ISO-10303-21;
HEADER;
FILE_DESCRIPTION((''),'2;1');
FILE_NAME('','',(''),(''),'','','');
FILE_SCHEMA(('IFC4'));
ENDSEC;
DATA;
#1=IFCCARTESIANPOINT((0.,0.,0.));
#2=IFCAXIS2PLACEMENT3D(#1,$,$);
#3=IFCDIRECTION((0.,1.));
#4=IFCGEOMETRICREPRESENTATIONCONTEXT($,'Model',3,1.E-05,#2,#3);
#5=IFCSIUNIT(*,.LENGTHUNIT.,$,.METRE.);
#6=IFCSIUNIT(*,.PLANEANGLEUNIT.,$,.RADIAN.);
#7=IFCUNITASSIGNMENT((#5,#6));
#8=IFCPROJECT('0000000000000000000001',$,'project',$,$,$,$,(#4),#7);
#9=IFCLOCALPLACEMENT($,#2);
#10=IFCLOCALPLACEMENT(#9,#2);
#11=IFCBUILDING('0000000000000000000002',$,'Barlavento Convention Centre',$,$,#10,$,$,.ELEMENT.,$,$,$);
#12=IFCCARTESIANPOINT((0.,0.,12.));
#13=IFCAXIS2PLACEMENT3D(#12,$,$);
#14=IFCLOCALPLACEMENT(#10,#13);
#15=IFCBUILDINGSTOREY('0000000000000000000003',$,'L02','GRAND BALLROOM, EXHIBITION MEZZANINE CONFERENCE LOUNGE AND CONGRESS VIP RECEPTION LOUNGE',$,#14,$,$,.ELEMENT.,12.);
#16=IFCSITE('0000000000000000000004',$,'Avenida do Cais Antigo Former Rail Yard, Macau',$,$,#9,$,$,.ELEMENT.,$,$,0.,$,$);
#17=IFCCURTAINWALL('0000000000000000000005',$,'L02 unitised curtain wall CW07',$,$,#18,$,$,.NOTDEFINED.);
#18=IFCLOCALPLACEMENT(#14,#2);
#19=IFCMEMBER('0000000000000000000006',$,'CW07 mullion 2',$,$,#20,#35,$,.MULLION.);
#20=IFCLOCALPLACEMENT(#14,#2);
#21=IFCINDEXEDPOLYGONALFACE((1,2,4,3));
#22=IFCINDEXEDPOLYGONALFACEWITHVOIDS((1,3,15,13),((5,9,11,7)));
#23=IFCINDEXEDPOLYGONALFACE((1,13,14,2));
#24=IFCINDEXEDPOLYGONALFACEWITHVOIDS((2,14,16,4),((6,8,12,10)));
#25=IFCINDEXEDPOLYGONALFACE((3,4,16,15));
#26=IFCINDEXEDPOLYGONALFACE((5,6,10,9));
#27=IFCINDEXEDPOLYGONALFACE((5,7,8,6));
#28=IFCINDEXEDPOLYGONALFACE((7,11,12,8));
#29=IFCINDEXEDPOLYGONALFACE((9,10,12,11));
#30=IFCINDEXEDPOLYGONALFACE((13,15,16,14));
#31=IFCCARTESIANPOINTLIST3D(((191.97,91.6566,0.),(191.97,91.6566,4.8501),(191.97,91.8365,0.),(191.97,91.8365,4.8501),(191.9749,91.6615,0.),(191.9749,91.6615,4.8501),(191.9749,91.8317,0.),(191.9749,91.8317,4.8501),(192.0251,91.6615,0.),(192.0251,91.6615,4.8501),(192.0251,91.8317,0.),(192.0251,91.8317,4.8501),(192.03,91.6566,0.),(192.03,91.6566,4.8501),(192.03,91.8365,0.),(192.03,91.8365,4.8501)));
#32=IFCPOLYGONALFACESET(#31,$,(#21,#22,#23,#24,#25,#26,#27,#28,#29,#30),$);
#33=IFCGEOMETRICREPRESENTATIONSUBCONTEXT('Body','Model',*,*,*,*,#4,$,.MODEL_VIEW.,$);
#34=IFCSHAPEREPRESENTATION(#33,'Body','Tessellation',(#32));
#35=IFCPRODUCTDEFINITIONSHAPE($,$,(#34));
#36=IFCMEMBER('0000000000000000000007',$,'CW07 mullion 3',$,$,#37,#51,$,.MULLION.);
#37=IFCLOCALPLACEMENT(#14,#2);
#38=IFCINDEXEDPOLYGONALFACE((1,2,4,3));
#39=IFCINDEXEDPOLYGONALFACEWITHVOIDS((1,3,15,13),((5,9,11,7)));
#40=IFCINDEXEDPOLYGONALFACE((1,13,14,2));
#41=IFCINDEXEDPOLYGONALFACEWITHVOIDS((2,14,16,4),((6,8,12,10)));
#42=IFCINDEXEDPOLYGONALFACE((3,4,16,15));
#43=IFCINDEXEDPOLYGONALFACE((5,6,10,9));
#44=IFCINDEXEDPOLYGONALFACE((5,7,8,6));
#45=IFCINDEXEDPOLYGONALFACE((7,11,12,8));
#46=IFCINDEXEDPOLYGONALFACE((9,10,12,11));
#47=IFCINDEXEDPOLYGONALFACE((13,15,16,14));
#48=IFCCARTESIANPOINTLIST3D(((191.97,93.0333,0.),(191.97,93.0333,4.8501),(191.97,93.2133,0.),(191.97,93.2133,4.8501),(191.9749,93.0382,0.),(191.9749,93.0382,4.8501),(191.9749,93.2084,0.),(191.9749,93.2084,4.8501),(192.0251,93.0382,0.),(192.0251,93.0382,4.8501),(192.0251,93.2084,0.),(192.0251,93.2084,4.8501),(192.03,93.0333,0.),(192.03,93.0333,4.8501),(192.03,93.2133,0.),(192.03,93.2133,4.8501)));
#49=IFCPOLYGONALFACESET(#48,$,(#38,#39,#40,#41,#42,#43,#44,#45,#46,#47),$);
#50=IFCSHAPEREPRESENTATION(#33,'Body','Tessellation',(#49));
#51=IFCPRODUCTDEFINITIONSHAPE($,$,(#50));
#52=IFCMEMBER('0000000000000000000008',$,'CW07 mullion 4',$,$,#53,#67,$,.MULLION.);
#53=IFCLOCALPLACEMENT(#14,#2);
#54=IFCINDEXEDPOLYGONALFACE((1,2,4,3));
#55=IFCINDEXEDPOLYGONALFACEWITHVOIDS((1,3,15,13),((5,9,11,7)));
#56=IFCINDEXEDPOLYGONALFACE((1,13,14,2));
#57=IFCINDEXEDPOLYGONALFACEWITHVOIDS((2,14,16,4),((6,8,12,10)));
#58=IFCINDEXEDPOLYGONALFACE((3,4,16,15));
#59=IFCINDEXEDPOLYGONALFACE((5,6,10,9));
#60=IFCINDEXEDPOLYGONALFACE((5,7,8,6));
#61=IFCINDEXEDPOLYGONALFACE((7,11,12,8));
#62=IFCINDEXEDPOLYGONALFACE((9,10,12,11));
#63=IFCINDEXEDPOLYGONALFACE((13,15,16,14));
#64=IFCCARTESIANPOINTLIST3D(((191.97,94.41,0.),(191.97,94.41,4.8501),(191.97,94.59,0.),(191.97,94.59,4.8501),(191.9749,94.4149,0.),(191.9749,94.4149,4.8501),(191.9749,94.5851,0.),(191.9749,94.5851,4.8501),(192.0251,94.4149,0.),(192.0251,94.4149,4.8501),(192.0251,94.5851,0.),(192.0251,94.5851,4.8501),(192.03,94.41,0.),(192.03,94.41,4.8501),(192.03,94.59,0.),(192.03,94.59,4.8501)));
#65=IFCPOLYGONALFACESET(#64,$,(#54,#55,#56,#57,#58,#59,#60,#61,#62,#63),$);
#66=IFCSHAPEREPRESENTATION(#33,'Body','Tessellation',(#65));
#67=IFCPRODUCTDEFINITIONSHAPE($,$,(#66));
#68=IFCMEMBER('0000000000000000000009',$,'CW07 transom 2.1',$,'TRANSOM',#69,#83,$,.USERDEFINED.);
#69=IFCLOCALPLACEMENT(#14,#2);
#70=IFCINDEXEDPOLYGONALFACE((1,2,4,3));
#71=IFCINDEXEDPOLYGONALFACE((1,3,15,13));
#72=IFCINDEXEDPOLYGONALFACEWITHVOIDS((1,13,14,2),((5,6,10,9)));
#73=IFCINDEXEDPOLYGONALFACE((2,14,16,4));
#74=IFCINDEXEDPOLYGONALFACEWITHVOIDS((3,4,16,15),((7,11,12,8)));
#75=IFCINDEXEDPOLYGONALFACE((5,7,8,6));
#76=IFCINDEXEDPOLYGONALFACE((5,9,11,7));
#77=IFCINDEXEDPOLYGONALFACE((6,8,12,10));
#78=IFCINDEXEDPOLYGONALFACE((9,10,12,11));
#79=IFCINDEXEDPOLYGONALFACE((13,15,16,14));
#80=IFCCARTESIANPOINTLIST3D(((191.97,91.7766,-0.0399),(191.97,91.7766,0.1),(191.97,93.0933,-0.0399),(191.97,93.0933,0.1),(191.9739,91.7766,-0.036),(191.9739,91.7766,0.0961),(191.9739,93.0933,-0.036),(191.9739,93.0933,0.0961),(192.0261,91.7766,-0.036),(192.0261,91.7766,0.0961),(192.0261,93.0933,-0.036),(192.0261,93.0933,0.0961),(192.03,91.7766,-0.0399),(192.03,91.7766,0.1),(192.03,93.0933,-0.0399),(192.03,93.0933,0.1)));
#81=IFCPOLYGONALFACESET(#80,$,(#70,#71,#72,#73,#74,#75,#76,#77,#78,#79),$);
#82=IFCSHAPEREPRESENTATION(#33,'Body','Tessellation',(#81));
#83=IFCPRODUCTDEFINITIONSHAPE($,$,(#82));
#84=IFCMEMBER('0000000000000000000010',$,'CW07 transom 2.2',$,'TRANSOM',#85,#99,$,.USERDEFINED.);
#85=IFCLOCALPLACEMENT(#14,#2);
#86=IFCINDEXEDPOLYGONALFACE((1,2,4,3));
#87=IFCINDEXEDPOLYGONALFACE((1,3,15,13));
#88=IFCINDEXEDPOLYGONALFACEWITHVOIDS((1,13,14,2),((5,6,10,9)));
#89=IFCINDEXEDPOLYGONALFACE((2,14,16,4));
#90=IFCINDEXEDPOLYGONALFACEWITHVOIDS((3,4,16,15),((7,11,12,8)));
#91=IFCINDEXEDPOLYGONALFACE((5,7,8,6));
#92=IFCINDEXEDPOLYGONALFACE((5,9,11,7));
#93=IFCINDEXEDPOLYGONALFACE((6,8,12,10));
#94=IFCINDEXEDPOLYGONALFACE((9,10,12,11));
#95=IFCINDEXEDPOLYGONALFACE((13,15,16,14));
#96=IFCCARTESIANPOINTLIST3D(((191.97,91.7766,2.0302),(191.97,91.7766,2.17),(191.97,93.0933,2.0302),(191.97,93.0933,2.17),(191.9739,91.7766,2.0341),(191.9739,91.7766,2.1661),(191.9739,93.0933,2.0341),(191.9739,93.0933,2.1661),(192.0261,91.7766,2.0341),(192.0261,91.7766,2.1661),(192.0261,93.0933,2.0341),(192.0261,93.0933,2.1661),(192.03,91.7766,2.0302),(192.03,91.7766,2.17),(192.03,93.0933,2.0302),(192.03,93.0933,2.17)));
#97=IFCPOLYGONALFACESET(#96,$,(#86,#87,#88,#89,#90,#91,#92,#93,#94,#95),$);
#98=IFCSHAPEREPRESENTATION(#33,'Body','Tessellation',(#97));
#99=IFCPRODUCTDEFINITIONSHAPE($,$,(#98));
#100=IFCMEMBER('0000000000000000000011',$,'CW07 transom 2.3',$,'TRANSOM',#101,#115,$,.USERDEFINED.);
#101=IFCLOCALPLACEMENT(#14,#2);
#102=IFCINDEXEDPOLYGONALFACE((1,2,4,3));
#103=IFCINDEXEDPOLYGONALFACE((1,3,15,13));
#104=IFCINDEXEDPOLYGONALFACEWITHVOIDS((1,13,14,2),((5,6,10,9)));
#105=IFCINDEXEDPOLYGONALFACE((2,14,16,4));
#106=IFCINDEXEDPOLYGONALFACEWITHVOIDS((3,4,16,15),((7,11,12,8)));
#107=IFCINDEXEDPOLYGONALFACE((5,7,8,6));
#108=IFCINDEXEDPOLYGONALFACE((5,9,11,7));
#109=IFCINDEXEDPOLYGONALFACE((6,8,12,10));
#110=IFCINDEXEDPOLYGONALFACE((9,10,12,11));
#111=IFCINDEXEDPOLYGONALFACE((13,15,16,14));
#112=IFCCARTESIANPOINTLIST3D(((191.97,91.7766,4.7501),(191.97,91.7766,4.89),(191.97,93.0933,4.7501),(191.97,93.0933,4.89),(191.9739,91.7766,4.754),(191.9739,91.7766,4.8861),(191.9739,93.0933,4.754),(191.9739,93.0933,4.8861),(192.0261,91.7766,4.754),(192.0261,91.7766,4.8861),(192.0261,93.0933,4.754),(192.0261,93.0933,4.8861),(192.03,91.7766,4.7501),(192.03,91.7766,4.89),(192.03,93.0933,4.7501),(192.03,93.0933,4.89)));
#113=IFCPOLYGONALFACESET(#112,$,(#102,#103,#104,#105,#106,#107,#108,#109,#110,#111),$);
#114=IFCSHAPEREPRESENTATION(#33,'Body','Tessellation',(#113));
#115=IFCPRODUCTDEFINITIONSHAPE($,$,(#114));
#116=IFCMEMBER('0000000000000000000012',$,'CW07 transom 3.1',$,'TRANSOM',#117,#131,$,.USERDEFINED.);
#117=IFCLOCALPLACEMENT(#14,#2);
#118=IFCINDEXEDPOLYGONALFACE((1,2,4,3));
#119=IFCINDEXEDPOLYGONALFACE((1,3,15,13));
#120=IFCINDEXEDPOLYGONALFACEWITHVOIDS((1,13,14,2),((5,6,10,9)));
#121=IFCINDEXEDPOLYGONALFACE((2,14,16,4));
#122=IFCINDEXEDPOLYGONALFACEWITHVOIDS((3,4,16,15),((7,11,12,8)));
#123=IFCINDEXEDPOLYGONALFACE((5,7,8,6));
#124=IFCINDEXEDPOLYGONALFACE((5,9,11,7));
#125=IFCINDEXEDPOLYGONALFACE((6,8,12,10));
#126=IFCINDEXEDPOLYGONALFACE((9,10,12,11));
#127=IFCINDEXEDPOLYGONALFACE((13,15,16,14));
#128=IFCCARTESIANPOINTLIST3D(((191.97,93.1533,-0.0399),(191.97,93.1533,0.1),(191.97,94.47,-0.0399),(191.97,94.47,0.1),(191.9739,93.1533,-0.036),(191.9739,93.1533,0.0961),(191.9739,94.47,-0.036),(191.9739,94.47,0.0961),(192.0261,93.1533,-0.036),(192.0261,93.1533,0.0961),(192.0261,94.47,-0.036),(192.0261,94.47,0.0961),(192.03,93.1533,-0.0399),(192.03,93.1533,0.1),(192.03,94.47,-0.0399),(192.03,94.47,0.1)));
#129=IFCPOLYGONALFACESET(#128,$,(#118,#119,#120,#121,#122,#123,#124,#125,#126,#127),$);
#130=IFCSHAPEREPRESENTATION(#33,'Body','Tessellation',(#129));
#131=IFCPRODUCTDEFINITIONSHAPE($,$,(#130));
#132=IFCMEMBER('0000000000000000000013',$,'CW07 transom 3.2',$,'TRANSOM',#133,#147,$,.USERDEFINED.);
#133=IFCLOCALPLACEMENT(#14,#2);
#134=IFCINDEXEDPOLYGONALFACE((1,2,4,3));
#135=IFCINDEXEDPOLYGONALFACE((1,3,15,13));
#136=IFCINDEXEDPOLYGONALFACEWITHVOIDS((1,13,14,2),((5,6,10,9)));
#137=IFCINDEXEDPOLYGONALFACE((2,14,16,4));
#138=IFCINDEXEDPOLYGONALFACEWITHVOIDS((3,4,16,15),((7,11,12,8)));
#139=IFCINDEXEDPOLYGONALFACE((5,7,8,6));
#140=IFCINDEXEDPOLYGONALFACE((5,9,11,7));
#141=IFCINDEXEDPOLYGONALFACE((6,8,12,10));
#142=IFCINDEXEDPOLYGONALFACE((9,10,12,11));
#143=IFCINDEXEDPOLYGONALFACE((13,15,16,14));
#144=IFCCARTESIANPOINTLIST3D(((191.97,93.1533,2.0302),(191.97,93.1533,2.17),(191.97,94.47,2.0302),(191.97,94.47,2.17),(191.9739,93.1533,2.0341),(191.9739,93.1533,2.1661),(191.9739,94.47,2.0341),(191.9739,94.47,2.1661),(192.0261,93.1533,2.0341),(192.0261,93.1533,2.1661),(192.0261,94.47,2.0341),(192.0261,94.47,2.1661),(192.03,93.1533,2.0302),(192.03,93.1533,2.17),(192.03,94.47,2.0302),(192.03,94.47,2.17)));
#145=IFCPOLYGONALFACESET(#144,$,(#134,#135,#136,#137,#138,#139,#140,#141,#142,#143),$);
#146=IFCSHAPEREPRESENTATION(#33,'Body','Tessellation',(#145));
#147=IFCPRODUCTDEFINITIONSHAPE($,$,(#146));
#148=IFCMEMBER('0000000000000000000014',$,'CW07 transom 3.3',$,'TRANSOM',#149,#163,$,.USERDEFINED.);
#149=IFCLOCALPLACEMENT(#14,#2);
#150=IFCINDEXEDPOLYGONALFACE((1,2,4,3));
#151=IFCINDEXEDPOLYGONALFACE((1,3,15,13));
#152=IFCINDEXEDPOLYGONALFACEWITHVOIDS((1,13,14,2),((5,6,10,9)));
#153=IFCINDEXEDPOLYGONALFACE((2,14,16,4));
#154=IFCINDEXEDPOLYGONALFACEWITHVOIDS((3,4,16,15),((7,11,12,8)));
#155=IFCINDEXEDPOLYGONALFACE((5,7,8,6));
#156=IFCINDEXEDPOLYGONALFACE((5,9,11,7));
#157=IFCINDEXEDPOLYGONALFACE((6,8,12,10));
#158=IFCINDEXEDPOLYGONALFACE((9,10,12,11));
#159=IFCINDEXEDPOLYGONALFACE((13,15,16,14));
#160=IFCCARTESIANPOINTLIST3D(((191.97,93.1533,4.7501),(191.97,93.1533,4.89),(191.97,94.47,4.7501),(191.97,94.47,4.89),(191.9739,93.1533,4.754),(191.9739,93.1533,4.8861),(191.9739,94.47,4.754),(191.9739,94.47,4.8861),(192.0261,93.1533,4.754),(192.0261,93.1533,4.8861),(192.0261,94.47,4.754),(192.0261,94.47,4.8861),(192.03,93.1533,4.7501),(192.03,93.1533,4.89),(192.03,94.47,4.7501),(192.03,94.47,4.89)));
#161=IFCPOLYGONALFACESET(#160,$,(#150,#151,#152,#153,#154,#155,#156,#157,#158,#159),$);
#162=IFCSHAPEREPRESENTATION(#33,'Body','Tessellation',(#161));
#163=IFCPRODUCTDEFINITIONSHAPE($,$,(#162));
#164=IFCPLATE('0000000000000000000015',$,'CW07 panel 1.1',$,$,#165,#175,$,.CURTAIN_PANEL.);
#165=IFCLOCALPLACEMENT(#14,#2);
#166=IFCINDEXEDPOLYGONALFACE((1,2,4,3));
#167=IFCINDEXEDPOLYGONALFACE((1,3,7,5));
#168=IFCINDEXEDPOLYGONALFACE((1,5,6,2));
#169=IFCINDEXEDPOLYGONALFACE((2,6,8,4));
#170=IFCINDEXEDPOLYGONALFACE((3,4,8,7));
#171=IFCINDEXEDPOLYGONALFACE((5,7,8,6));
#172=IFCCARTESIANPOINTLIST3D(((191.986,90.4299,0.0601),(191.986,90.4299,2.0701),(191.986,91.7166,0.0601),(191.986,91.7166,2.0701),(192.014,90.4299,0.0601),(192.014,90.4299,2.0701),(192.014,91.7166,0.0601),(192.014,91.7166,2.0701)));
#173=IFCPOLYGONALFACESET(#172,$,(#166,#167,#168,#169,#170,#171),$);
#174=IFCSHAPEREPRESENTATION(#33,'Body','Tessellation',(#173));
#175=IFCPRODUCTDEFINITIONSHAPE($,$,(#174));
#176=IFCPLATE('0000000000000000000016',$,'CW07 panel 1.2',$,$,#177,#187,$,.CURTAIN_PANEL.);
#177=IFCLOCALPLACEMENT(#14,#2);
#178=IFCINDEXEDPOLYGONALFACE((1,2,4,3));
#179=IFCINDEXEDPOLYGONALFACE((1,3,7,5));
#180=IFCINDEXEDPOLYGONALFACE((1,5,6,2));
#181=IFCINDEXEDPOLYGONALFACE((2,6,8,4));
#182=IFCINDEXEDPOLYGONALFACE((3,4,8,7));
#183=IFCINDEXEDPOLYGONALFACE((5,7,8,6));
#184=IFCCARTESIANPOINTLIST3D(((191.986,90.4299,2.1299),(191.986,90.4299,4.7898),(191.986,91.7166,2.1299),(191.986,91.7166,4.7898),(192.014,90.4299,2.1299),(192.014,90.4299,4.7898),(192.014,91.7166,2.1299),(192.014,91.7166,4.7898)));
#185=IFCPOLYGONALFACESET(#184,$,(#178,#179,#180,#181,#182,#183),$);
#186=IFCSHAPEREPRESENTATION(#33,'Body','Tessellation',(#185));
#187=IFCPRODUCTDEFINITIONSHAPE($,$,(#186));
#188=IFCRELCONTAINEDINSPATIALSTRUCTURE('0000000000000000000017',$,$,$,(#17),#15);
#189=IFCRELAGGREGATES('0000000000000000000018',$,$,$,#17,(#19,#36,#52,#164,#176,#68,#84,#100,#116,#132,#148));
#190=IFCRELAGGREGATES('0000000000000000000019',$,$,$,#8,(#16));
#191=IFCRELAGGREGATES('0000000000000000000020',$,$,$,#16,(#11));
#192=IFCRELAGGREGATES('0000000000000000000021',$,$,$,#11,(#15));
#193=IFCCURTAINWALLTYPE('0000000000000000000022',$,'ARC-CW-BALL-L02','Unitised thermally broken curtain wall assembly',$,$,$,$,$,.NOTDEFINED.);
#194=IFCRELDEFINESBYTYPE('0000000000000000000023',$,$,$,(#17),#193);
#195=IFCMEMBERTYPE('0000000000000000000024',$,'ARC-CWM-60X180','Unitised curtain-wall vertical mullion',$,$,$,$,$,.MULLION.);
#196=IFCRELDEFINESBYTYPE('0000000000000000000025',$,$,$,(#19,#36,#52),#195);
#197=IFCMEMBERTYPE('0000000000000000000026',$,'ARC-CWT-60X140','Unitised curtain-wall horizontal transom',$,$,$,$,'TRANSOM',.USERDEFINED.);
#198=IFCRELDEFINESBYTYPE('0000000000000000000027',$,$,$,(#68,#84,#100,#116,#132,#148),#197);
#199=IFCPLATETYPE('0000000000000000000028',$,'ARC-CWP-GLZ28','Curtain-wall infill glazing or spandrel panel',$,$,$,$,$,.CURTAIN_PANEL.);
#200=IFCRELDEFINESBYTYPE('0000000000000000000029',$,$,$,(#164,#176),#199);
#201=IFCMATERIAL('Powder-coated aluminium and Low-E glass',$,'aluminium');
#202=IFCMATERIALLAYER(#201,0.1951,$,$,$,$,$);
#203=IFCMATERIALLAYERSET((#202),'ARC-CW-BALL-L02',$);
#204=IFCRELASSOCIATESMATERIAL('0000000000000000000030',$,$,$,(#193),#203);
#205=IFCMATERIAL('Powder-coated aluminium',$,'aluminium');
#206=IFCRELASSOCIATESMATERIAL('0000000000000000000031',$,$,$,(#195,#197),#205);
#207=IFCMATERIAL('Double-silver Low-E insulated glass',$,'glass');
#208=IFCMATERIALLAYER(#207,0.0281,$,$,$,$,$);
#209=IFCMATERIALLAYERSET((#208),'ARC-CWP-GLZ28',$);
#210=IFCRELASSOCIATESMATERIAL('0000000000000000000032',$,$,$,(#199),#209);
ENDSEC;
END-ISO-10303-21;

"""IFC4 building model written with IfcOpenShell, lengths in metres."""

from ifc_helpers import new_model, si_unit, direction, frame, origin, origin_2d, place, context, subcontext, project, spatial, rectangle, hollow_rectangle, extrude, material, layer, layer_set, material_profile, profile_set, type_object, element, aggregate, save


model = new_model("IFC4")

# Units and contexts
model_context = context("Model", 3, precision=1e-05, world=origin(), true_north=direction((0.0, 1.0)))
body_context = subcontext(model_context, "Body", "Model", "MODEL_VIEW")
ifc_project = project(units=[si_unit("LENGTHUNIT", "METRE"), si_unit("PLANEANGLEUNIT", "RADIAN")], contexts=[model_context])

# Site, building, storey
site_placement = place(None, origin())
site = spatial("IfcSite", under=ifc_project, at=site_placement, Name="Avenida do Cais Antigo Former Rail Yard, Macau", CompositionType="ELEMENT", RefElevation=0.0)
building_placement = place(site_placement, origin())
building = spatial("IfcBuilding", under=site, at=building_placement, Name="Barlavento Convention Centre", CompositionType="ELEMENT")
storey_placement = place(building_placement, frame((0.0, 0.0, 12.0)))
storey = spatial("IfcBuildingStorey", under=building, at=storey_placement, Name="L02", Description="GRAND BALLROOM, EXHIBITION MEZZANINE CONFERENCE LOUNGE AND CONGRESS VIP RECEPTION LOUNGE", CompositionType="ELEMENT", Elevation=12.0)

# Curtain wall, members, plates
ifc_material_1 = material(Name="Powder-coated aluminium and Low-E glass", Category="aluminium")
ifc_layer_1 = layer(ifc_material_1, 0.1951)
ifc_layer_set_1 = layer_set([ifc_layer_1], Name="ARC-CW-BALL-L02")
curtain_wall_type = type_object("IfcCurtainWallType", Name="ARC-CW-BALL-L02", Description="Unitised thermally broken curtain wall assembly", PredefinedType="NOTDEFINED", material=ifc_layer_set_1)
curtain_wall_placement = place(storey_placement, origin())
curtain_wall = element("IfcCurtainWall", 1, at=curtain_wall_placement, inside=storey, type_object=curtain_wall_type, Name="L02 unitised curtain wall CW07", PredefinedType="NOTDEFINED")
ifc_material_2 = material(Name="Powder-coated aluminium", Category="aluminium")
ifc_material_profile_1 = material_profile(ifc_material_2, hollow_rectangle(XDim=0.0601, YDim=0.1799, WallThickness=0.0049, at=origin_2d()), Name="AL-MULL 60x180x5")
ifc_profile_set_1 = profile_set([ifc_material_profile_1], Name="Powder-coated aluminium")
member_type_1 = type_object("IfcMemberType", Name="ARC-CWM-60X180", Description="Unitised curtain-wall vertical mullion", PredefinedType="MULLION", material=ifc_profile_set_1)
member_1_placement = place(storey_placement, frame((192.0, 91.7466, 0.0), z_axis=(0.0, 0.0, 1.0), x_axis=(-1.0, 0.0, 0.0)))
member_1 = element("IfcMember", 2, at=member_1_placement, type_object=member_type_1, Name="CW07 mullion 2", PredefinedType="MULLION", context=body_context, shape_type="SweptSolid", body=[
    extrude(hollow_rectangle(XDim=0.0601, YDim=0.1799, WallThickness=0.0049, at=origin_2d()), origin(), (0.0, 0.0, 1.0), 4.8501),
])
member_2_placement = place(storey_placement, frame((192.0, 93.1233, 0.0), z_axis=(0.0, 0.0, 1.0), x_axis=(-1.0, 0.0, 0.0)))
member_2 = element("IfcMember", 3, at=member_2_placement, type_object=member_type_1, Name="CW07 mullion 3", PredefinedType="MULLION", context=body_context, shape_type="SweptSolid", body=[
    extrude(hollow_rectangle(XDim=0.0601, YDim=0.1799, WallThickness=0.0049, at=origin_2d()), origin(), (0.0, 0.0, 1.0), 4.8501),
])
member_3_placement = place(storey_placement, frame((192.0, 94.5, 0.0), z_axis=(0.0, 0.0, 1.0), x_axis=(-1.0, 0.0, 0.0)))
member_3 = element("IfcMember", 4, at=member_3_placement, type_object=member_type_1, Name="CW07 mullion 4", PredefinedType="MULLION", context=body_context, shape_type="SweptSolid", body=[
    extrude(hollow_rectangle(XDim=0.0601, YDim=0.1799, WallThickness=0.0049, at=origin_2d()), origin(), (0.0, 0.0, 1.0), 4.8501),
])
ifc_material_profile_2 = material_profile(ifc_material_2, hollow_rectangle(XDim=0.0601, YDim=0.1399, WallThickness=0.0039, at=origin_2d()), Name="AL-TRAN 60x140x4")
ifc_profile_set_2 = profile_set([ifc_material_profile_2], Name="Powder-coated aluminium")
member_type_2 = type_object("IfcMemberType", Name="ARC-CWT-60X140", Description="Unitised curtain-wall horizontal transom", ElementType="TRANSOM", PredefinedType="USERDEFINED", material=ifc_profile_set_2)
member_4_placement = place(storey_placement, frame((192.0, 91.7766, 0.03), z_axis=(0.0, 1.0, 0.0), x_axis=(-1.0, 0.0, 0.0)))
member_4 = element("IfcMember", 5, at=member_4_placement, type_object=member_type_2, Name="CW07 transom 2.1", ObjectType="TRANSOM", PredefinedType="USERDEFINED", context=body_context, shape_type="SweptSolid", body=[
    extrude(hollow_rectangle(XDim=0.0601, YDim=0.1399, WallThickness=0.0039, at=origin_2d()), origin(), (0.0, 0.0, 1.0), 1.3167),
])
member_5_placement = place(storey_placement, frame((192.0, 91.7766, 2.1001), z_axis=(0.0, 1.0, 0.0), x_axis=(-1.0, 0.0, 0.0)))
member_5 = element("IfcMember", 6, at=member_5_placement, type_object=member_type_2, Name="CW07 transom 2.2", ObjectType="TRANSOM", PredefinedType="USERDEFINED", context=body_context, shape_type="SweptSolid", body=[
    extrude(hollow_rectangle(XDim=0.0601, YDim=0.1399, WallThickness=0.0039, at=origin_2d()), origin(), (0.0, 0.0, 1.0), 1.3167),
])
member_6_placement = place(storey_placement, frame((192.0, 91.7766, 4.8201), z_axis=(0.0, 1.0, 0.0), x_axis=(-1.0, 0.0, 0.0)))
member_6 = element("IfcMember", 7, at=member_6_placement, type_object=member_type_2, Name="CW07 transom 2.3", ObjectType="TRANSOM", PredefinedType="USERDEFINED", context=body_context, shape_type="SweptSolid", body=[
    extrude(hollow_rectangle(XDim=0.0601, YDim=0.1399, WallThickness=0.0039, at=origin_2d()), origin(), (0.0, 0.0, 1.0), 1.3167),
])
member_7_placement = place(storey_placement, frame((192.0, 93.1533, 0.03), z_axis=(0.0, 1.0, 0.0), x_axis=(-1.0, 0.0, 0.0)))
member_7 = element("IfcMember", 8, at=member_7_placement, type_object=member_type_2, Name="CW07 transom 3.1", ObjectType="TRANSOM", PredefinedType="USERDEFINED", context=body_context, shape_type="SweptSolid", body=[
    extrude(hollow_rectangle(XDim=0.0601, YDim=0.1399, WallThickness=0.0039, at=origin_2d()), origin(), (0.0, 0.0, 1.0), 1.3167),
])
member_8_placement = place(storey_placement, frame((192.0, 93.1533, 2.1001), z_axis=(0.0, 1.0, 0.0), x_axis=(-1.0, 0.0, 0.0)))
member_8 = element("IfcMember", 9, at=member_8_placement, type_object=member_type_2, Name="CW07 transom 3.2", ObjectType="TRANSOM", PredefinedType="USERDEFINED", context=body_context, shape_type="SweptSolid", body=[
    extrude(hollow_rectangle(XDim=0.0601, YDim=0.1399, WallThickness=0.0039, at=origin_2d()), origin(), (0.0, 0.0, 1.0), 1.3167),
])
member_9_placement = place(storey_placement, frame((192.0, 93.1533, 4.8201), z_axis=(0.0, 1.0, 0.0), x_axis=(-1.0, 0.0, 0.0)))
member_9 = element("IfcMember", 10, at=member_9_placement, type_object=member_type_2, Name="CW07 transom 3.3", ObjectType="TRANSOM", PredefinedType="USERDEFINED", context=body_context, shape_type="SweptSolid", body=[
    extrude(hollow_rectangle(XDim=0.0601, YDim=0.1399, WallThickness=0.0039, at=origin_2d()), origin(), (0.0, 0.0, 1.0), 1.3167),
])
ifc_material_3 = material(Name="Double-silver Low-E insulated glass", Category="glass")
ifc_layer_2 = layer(ifc_material_3, 0.0281)
ifc_layer_set_2 = layer_set([ifc_layer_2], Name="ARC-CWP-GLZ28")
plate_type = type_object("IfcPlateType", Name="ARC-CWP-GLZ28", Description="Curtain-wall infill glazing or spandrel panel", PredefinedType="CURTAIN_PANEL", material=ifc_layer_set_2)
plate_1_placement = place(storey_placement, frame((192.0, 91.0732, 0.0601), z_axis=(0.0, 0.0, 1.0), x_axis=(0.0, 1.0, 0.0)))
plate_1 = element("IfcPlate", 11, at=plate_1_placement, type_object=plate_type, Name="CW07 panel 1.1", PredefinedType="CURTAIN_PANEL", context=body_context, shape_type="SweptSolid", body=[
    extrude(rectangle(XDim=1.2866, YDim=0.0281, at=origin_2d()), origin(), (0.0, 0.0, 1.0), 2.01),
])
plate_2_placement = place(storey_placement, frame((192.0, 91.0732, 2.1299), z_axis=(0.0, 0.0, 1.0), x_axis=(0.0, 1.0, 0.0)))
plate_2 = element("IfcPlate", 12, at=plate_2_placement, type_object=plate_type, Name="CW07 panel 1.2", PredefinedType="CURTAIN_PANEL", context=body_context, shape_type="SweptSolid", body=[
    extrude(rectangle(XDim=1.2866, YDim=0.0281, at=origin_2d()), origin(), (0.0, 0.0, 1.0), 2.6599),
])
aggregate(curtain_wall, [member_1, member_2, member_3, plate_1, plate_2, member_4, member_5, member_6, member_7, member_8, member_9])

save(model, "model.ifc")
